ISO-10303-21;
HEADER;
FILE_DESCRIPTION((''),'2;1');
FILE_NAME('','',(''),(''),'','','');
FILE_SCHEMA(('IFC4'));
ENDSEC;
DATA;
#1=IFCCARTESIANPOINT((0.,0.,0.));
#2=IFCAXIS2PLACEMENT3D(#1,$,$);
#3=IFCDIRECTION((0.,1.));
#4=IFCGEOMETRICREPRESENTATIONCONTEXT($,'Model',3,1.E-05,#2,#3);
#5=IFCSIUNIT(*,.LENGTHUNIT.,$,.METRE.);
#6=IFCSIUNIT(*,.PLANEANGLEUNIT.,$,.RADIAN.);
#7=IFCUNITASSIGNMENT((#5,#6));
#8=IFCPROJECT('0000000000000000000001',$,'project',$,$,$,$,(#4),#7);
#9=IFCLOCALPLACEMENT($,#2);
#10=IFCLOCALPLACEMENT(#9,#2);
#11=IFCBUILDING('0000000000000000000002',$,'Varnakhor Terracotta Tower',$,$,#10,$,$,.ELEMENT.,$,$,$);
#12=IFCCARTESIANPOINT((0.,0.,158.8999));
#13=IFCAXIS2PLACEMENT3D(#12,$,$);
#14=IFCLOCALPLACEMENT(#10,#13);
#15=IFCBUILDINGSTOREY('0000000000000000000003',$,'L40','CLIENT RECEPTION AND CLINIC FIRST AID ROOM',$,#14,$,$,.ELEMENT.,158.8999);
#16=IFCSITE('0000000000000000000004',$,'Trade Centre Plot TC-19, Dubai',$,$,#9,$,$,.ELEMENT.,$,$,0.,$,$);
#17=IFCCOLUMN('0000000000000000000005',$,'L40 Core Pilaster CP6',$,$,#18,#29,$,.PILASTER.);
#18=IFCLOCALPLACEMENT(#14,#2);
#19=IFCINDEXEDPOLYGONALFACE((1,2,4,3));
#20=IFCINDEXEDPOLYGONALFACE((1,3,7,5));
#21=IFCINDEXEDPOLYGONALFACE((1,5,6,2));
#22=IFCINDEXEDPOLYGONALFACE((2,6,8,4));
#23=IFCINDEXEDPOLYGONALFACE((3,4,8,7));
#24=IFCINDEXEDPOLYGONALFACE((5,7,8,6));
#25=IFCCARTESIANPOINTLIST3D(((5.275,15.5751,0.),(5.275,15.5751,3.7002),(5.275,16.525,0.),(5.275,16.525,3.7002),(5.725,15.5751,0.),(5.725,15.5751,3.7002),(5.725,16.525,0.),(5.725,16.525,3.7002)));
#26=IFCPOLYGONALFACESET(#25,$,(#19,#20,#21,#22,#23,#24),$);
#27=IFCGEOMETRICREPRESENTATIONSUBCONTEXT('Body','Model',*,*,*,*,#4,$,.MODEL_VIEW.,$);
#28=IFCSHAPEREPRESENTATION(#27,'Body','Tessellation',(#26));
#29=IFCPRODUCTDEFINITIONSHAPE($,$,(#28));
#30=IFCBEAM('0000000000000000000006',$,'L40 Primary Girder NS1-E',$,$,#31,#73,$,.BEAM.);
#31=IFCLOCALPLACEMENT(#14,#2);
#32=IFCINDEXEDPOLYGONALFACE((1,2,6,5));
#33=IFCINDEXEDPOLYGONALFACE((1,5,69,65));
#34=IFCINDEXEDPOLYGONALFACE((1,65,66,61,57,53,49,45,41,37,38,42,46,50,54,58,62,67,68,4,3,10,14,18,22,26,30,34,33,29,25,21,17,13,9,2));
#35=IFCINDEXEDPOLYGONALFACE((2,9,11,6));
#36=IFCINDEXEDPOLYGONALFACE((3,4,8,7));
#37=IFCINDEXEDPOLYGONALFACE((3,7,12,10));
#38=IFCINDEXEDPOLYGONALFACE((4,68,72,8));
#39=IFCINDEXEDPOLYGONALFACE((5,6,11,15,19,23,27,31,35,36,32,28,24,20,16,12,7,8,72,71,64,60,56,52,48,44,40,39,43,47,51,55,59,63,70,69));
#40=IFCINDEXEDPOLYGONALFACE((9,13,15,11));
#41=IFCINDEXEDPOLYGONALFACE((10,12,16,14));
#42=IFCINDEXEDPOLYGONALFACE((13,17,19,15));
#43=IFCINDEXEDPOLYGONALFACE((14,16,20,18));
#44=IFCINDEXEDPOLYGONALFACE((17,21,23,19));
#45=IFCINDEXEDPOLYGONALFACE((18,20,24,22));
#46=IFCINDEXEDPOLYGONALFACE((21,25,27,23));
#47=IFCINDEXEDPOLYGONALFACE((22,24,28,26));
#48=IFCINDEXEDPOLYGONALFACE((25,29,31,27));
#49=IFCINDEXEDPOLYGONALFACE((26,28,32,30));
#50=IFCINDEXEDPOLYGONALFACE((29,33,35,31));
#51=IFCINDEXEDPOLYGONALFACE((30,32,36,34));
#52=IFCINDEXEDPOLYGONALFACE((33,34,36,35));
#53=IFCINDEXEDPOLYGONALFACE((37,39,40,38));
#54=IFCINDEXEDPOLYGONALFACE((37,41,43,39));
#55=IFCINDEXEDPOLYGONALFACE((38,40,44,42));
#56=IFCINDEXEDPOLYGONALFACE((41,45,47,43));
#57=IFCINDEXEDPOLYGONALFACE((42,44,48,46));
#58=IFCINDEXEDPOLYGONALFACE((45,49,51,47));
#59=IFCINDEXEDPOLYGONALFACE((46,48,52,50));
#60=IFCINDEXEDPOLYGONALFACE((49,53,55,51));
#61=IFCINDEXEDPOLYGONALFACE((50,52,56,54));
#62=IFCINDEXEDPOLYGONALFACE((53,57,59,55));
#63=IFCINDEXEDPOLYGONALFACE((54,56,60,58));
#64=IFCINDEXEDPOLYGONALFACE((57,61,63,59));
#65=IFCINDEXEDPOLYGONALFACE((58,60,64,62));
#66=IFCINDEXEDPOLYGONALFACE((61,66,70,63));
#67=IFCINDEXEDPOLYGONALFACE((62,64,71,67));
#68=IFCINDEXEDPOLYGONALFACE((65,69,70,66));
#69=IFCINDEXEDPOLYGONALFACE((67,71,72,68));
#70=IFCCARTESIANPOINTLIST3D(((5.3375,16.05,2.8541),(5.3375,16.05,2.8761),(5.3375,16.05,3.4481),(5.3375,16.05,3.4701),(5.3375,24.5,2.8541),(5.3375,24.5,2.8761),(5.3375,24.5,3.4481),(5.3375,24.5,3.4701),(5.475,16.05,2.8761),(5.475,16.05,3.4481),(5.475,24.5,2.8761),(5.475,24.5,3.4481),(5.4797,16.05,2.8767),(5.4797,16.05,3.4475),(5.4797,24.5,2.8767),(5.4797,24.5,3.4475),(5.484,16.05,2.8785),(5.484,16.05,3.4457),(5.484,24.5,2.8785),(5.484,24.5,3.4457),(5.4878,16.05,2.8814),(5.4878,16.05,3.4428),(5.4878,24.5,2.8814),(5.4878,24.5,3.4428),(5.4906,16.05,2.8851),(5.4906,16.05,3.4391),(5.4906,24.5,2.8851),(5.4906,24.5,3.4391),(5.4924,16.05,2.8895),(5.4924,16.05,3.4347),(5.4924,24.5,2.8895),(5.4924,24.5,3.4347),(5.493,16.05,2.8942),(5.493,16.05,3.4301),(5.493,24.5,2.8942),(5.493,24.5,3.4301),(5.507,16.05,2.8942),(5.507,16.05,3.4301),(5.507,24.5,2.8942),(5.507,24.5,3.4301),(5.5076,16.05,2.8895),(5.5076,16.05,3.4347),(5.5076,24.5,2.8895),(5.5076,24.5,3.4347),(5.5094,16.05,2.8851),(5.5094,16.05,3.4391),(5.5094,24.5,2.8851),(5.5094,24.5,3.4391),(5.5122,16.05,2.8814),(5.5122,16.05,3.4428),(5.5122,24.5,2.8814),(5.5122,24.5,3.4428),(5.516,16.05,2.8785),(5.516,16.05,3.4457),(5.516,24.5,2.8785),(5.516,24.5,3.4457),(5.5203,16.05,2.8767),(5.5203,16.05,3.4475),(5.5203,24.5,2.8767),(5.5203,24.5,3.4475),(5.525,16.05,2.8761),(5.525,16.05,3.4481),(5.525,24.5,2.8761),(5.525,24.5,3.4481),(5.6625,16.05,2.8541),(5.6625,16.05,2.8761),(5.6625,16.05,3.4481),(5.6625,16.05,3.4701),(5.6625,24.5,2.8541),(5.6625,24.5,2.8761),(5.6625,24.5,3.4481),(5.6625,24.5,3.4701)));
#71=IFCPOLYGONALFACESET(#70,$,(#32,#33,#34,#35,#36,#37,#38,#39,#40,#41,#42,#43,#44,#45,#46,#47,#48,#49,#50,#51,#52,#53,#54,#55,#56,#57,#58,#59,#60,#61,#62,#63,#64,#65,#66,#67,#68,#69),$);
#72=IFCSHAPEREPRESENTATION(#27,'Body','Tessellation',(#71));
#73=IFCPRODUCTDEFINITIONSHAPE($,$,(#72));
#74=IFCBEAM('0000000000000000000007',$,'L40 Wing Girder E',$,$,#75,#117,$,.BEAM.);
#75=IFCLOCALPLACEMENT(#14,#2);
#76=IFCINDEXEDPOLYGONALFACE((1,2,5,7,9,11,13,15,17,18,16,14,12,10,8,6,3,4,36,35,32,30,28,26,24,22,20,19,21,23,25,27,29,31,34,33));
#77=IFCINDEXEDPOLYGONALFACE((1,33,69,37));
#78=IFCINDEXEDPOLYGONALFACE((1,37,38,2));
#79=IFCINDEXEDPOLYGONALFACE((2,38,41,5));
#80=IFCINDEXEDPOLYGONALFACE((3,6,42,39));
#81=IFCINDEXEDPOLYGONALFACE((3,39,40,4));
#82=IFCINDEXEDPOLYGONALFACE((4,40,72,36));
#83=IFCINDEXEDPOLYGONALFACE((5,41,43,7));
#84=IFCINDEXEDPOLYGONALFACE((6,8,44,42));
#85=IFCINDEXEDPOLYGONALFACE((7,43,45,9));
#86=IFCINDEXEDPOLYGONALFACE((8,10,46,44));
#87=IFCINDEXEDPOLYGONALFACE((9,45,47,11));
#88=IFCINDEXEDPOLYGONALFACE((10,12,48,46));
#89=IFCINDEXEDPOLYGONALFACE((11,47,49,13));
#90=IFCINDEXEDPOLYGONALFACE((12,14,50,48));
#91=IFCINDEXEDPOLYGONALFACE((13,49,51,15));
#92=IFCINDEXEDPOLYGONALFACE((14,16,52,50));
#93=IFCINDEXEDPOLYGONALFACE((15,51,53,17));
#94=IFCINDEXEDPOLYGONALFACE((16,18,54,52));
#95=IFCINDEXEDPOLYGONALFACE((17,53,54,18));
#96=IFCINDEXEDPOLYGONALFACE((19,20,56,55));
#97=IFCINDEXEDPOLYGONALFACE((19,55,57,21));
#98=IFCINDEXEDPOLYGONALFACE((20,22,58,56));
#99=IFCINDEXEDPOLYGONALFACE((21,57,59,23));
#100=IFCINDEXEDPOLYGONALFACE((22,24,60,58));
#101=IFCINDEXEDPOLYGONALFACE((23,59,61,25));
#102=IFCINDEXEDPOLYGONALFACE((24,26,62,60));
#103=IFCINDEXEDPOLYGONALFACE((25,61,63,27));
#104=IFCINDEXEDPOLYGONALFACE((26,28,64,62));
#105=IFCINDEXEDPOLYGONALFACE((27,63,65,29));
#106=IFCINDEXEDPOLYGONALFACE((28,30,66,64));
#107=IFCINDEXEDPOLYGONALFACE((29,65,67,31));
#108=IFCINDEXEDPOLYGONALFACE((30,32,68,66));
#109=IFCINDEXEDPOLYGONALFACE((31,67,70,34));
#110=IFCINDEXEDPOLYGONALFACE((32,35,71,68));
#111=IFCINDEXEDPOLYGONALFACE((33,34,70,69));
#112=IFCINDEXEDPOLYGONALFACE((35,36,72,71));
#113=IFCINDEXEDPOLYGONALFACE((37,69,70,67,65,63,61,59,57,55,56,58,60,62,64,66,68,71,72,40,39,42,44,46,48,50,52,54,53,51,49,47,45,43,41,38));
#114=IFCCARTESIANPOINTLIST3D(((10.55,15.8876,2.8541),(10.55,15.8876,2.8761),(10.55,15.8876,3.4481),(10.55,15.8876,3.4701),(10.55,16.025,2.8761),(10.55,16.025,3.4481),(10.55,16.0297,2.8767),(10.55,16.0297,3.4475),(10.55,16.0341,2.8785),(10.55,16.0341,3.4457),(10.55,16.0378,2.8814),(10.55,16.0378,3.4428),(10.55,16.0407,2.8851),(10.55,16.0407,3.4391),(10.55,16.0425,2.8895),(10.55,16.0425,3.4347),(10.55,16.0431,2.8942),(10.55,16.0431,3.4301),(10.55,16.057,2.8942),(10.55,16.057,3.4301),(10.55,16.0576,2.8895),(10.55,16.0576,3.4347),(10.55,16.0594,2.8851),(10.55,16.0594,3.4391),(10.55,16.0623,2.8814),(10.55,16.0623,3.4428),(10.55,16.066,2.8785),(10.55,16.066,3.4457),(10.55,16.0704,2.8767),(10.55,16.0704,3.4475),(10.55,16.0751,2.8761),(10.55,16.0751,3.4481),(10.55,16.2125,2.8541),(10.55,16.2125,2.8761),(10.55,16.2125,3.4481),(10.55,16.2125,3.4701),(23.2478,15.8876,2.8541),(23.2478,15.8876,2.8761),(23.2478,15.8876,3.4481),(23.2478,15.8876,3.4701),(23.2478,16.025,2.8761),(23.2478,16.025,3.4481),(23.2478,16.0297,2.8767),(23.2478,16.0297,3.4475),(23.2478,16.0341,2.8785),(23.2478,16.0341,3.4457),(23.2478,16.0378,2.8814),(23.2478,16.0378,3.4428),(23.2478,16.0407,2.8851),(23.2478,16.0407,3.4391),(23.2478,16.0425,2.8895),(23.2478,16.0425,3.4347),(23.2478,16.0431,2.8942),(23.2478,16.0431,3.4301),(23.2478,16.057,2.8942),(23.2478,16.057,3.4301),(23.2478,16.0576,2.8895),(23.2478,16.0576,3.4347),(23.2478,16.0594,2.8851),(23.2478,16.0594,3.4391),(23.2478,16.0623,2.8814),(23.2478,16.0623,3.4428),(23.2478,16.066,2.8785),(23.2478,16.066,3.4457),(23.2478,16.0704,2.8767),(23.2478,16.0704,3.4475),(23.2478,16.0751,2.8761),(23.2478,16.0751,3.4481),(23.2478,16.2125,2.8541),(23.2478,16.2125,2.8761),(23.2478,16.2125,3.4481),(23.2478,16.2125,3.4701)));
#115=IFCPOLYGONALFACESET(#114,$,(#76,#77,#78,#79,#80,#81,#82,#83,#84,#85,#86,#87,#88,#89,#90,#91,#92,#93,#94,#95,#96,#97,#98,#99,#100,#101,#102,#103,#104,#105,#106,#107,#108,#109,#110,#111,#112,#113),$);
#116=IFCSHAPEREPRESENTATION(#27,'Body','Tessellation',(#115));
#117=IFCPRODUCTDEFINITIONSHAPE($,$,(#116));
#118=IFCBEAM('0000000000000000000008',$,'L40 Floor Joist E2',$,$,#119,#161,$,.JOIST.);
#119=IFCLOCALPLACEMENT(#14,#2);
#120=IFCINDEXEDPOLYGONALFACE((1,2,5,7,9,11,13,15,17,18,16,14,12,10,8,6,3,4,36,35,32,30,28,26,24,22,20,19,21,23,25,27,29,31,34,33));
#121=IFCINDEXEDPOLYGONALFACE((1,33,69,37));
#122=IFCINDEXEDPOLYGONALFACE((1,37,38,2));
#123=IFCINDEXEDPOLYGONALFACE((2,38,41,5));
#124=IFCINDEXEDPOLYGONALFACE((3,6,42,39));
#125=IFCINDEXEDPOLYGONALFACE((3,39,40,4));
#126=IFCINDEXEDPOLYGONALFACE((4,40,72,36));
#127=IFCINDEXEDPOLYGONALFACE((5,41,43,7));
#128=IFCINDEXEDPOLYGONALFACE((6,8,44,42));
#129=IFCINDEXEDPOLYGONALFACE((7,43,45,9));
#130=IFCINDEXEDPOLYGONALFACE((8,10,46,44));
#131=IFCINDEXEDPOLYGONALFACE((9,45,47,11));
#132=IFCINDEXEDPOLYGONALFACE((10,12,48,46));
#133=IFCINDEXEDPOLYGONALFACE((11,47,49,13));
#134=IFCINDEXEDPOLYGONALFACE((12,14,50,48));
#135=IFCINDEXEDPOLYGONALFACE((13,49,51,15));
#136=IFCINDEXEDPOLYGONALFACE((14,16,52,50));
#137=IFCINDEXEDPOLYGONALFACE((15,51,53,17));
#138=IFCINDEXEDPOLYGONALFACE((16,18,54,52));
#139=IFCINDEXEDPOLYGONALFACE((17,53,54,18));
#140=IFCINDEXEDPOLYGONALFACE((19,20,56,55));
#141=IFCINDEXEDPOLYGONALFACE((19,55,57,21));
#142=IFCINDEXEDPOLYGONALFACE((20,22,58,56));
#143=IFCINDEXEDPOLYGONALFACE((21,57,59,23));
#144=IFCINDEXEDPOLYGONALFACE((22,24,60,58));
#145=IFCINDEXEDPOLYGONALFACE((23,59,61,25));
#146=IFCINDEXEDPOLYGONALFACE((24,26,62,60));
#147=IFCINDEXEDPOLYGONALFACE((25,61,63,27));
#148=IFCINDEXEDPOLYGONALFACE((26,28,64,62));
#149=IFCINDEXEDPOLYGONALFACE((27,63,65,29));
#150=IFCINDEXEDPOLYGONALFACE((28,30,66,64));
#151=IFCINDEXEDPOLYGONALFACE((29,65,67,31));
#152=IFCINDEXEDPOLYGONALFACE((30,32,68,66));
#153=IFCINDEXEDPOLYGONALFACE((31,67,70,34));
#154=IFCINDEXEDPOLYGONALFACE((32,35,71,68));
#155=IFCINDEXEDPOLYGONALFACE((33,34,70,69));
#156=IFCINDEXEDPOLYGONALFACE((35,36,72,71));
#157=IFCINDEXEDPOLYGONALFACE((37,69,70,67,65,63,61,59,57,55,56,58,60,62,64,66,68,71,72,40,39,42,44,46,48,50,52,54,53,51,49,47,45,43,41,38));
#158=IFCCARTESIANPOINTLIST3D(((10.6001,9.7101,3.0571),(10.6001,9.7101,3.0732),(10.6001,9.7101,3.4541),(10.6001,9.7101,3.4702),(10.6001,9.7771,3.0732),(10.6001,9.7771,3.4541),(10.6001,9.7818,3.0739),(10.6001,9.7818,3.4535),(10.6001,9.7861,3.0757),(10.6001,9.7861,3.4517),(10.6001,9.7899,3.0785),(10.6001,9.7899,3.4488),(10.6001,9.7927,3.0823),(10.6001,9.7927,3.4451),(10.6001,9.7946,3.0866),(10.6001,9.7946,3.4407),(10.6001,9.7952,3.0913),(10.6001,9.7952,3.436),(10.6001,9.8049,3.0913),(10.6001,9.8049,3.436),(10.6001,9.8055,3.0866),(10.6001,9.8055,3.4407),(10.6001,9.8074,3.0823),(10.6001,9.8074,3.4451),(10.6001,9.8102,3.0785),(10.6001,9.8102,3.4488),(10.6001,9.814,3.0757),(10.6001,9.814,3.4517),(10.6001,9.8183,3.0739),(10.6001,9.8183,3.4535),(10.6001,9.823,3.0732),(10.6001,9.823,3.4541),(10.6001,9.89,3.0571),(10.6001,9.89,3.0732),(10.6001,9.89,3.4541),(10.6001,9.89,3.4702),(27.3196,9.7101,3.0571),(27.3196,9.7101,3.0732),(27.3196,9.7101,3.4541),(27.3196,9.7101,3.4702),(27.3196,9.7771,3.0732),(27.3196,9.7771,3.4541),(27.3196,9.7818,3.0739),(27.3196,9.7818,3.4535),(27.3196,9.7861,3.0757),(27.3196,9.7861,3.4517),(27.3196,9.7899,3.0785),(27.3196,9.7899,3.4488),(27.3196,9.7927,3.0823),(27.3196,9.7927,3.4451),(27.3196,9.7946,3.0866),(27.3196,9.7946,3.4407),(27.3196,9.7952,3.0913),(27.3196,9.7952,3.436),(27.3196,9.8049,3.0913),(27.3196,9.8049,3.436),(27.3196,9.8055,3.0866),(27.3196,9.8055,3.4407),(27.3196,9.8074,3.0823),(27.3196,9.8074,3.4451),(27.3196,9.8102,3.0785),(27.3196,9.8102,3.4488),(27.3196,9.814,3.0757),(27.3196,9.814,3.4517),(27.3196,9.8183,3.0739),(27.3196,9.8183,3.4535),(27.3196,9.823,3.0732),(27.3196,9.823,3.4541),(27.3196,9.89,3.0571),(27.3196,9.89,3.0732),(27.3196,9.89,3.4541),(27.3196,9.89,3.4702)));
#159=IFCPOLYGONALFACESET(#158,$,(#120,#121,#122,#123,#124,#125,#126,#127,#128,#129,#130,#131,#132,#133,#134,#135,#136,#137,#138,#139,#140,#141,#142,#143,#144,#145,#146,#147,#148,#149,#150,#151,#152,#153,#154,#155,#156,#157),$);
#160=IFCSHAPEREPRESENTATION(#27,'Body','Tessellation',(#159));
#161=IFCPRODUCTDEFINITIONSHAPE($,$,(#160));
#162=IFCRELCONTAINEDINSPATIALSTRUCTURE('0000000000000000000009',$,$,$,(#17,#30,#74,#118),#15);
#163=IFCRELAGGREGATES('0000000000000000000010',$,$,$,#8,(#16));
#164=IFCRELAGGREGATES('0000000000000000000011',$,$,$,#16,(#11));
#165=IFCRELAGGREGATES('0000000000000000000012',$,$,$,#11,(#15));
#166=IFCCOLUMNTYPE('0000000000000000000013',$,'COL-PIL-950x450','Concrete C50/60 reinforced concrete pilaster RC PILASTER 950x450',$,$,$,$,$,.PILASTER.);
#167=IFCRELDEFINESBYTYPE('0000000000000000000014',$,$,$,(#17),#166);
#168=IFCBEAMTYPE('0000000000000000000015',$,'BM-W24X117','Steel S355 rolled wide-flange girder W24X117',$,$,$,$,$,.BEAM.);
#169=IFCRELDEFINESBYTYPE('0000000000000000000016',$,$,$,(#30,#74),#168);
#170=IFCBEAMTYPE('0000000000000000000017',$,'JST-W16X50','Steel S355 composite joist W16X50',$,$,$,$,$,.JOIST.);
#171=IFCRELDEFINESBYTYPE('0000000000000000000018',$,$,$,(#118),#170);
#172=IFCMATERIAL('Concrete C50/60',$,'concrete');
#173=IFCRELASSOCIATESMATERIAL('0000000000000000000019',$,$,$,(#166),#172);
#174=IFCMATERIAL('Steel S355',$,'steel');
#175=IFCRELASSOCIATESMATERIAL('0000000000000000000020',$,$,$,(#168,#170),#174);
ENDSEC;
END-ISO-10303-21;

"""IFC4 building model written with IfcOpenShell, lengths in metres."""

from ifc_helpers import new_model, si_unit, direction, frame, origin, origin_2d, place, context, subcontext, project, spatial, rectangle, i_section, extrude, source, transform, mapped, material, material_profile, profile_set, type_object, type_shapes, element, save


model = new_model("IFC4")

# Units and contexts
model_context = context("Model", 3, precision=1e-05, world=origin(), true_north=direction((0.0, 1.0)))
body_context = subcontext(model_context, "Body", "Model", "MODEL_VIEW")
ifc_project = project(units=[si_unit("LENGTHUNIT", "METRE"), si_unit("PLANEANGLEUNIT", "RADIAN")], contexts=[model_context])

# Site, building, storey
site_placement = place(None, origin())
site = spatial("IfcSite", under=ifc_project, at=site_placement, Name="Trade Centre Plot TC-19, Dubai", CompositionType="ELEMENT", RefElevation=0.0)
building_placement = place(site_placement, origin())
building = spatial("IfcBuilding", under=site, at=building_placement, Name="Varnakhor Terracotta Tower", CompositionType="ELEMENT")
storey_placement = place(building_placement, frame((0.0, 0.0, 158.8999)))
storey = spatial("IfcBuildingStorey", under=building, at=storey_placement, Name="L40", Description="CLIENT RECEPTION AND CLINIC FIRST AID ROOM", CompositionType="ELEMENT", Elevation=158.8999)

# Column
ifc_material_1 = material(Name="Concrete C50/60", Category="concrete")
ifc_material_profile_1 = material_profile(ifc_material_1, rectangle(XDim=0.45, YDim=0.95, at=origin_2d()), Name="RC PILASTER 950x450")
ifc_profile_set_1 = profile_set([ifc_material_profile_1], Name="Concrete C50/60")
column_type = type_object("IfcColumnType", Name="COL-PIL-950x450", Description="Concrete C50/60 reinforced concrete pilaster RC PILASTER 950x450", PredefinedType="PILASTER", material=ifc_profile_set_1)
shared_shape_1 = source(origin(), body_context, "Body", "SweptSolid", [
    extrude(rectangle(XDim=0.45, YDim=0.95, at=origin_2d()), origin(), (0.0, 0.0, 1.0), 3.7002),
])
column_placement = place(storey_placement, frame((5.5, 16.05, 0.0), z_axis=(0.0, 0.0, 1.0), x_axis=(1.0, 0.0, 0.0)))
element("IfcColumn", 1, at=column_placement, inside=storey, type_object=column_type, Name="L40 Core Pilaster CP6", PredefinedType="PILASTER", context=body_context, shape_type="MappedRepresentation", body=[
    mapped(shared_shape_1, transform((0.0, 0.0, 0.0), scale=1.0)),
])

# Beams
ifc_material_2 = material(Name="Steel S355", Category="steel")
ifc_material_profile_2 = material_profile(ifc_material_2, i_section(OverallWidth=0.325, OverallDepth=0.616, WebThickness=0.0139, FlangeThickness=0.022, FilletRadius=0.0181, at=origin_2d()), Name="W24X117")
ifc_profile_set_2 = profile_set([ifc_material_profile_2], Name="Steel S355")
beam_type_1 = type_object("IfcBeamType", Name="BM-W24X117", Description="Steel S355 rolled wide-flange girder W24X117", PredefinedType="BEAM", material=ifc_profile_set_2)
shared_shape_2 = source(origin(), body_context, "Body", "SweptSolid", [
    extrude(i_section(OverallWidth=0.325, OverallDepth=0.616, WebThickness=0.0139, FlangeThickness=0.022, FilletRadius=0.0181, at=origin_2d()), origin(), (0.0, 0.0, 1.0), 8.45),
])
type_shapes(beam_type_1, [shared_shape_2])
beam_1_placement = place(storey_placement, frame((5.5, 16.05, 3.1621), z_axis=(0.0, 1.0, 0.0), x_axis=(-1.0, 0.0, 0.0)))
element("IfcBeam", 2, at=beam_1_placement, inside=storey, type_object=beam_type_1, Name="L40 Primary Girder NS1-E", PredefinedType="BEAM", context=body_context, shape_type="MappedRepresentation", body=[
    mapped(shared_shape_2, transform((0.0, 0.0, 0.0), scale=1.0)),
])
shared_shape_3 = source(origin(), body_context, "Body", "SweptSolid", [
    extrude(i_section(OverallWidth=0.325, OverallDepth=0.616, WebThickness=0.0139, FlangeThickness=0.022, FilletRadius=0.0181, at=origin_2d()), origin(), (0.0, 0.0, 1.0), 12.6978),
])
beam_2_placement = place(storey_placement, frame((10.55, 16.05, 3.1621), z_axis=(1.0, 0.0, 0.0), x_axis=(0.0, 1.0, 0.0)))
element("IfcBeam", 3, at=beam_2_placement, inside=storey, type_object=beam_type_1, Name="L40 Wing Girder E", PredefinedType="BEAM", context=body_context, shape_type="MappedRepresentation", body=[
    mapped(shared_shape_3, transform((0.0, 0.0, 0.0), scale=1.0)),
])
ifc_material_profile_3 = material_profile(ifc_material_2, i_section(OverallWidth=0.1799, OverallDepth=0.4131, WebThickness=0.0098, FlangeThickness=0.0161, FilletRadius=0.0181, at=origin_2d()), Name="W16X50")
ifc_profile_set_3 = profile_set([ifc_material_profile_3], Name="Steel S355")
beam_type_2 = type_object("IfcBeamType", Name="JST-W16X50", Description="Steel S355 composite joist W16X50", PredefinedType="JOIST", material=ifc_profile_set_3)
shared_shape_4 = source(origin(), body_context, "Body", "SweptSolid", [
    extrude(i_section(OverallWidth=0.1799, OverallDepth=0.4131, WebThickness=0.0098, FlangeThickness=0.0161, FilletRadius=0.0181, at=origin_2d()), origin(), (0.0, 0.0, 1.0), 16.7195),
])
beam_3_placement = place(storey_placement, frame((10.6001, 9.8, 3.2637), z_axis=(1.0, 0.0, 0.0), x_axis=(0.0, 1.0, 0.0)))
element("IfcBeam", 4, at=beam_3_placement, inside=storey, type_object=beam_type_2, Name="L40 Floor Joist E2", PredefinedType="JOIST", context=body_context, shape_type="MappedRepresentation", body=[
    mapped(shared_shape_4, transform((0.0, 0.0, 0.0), scale=1.0)),
])

save(model, "model.ifc")
